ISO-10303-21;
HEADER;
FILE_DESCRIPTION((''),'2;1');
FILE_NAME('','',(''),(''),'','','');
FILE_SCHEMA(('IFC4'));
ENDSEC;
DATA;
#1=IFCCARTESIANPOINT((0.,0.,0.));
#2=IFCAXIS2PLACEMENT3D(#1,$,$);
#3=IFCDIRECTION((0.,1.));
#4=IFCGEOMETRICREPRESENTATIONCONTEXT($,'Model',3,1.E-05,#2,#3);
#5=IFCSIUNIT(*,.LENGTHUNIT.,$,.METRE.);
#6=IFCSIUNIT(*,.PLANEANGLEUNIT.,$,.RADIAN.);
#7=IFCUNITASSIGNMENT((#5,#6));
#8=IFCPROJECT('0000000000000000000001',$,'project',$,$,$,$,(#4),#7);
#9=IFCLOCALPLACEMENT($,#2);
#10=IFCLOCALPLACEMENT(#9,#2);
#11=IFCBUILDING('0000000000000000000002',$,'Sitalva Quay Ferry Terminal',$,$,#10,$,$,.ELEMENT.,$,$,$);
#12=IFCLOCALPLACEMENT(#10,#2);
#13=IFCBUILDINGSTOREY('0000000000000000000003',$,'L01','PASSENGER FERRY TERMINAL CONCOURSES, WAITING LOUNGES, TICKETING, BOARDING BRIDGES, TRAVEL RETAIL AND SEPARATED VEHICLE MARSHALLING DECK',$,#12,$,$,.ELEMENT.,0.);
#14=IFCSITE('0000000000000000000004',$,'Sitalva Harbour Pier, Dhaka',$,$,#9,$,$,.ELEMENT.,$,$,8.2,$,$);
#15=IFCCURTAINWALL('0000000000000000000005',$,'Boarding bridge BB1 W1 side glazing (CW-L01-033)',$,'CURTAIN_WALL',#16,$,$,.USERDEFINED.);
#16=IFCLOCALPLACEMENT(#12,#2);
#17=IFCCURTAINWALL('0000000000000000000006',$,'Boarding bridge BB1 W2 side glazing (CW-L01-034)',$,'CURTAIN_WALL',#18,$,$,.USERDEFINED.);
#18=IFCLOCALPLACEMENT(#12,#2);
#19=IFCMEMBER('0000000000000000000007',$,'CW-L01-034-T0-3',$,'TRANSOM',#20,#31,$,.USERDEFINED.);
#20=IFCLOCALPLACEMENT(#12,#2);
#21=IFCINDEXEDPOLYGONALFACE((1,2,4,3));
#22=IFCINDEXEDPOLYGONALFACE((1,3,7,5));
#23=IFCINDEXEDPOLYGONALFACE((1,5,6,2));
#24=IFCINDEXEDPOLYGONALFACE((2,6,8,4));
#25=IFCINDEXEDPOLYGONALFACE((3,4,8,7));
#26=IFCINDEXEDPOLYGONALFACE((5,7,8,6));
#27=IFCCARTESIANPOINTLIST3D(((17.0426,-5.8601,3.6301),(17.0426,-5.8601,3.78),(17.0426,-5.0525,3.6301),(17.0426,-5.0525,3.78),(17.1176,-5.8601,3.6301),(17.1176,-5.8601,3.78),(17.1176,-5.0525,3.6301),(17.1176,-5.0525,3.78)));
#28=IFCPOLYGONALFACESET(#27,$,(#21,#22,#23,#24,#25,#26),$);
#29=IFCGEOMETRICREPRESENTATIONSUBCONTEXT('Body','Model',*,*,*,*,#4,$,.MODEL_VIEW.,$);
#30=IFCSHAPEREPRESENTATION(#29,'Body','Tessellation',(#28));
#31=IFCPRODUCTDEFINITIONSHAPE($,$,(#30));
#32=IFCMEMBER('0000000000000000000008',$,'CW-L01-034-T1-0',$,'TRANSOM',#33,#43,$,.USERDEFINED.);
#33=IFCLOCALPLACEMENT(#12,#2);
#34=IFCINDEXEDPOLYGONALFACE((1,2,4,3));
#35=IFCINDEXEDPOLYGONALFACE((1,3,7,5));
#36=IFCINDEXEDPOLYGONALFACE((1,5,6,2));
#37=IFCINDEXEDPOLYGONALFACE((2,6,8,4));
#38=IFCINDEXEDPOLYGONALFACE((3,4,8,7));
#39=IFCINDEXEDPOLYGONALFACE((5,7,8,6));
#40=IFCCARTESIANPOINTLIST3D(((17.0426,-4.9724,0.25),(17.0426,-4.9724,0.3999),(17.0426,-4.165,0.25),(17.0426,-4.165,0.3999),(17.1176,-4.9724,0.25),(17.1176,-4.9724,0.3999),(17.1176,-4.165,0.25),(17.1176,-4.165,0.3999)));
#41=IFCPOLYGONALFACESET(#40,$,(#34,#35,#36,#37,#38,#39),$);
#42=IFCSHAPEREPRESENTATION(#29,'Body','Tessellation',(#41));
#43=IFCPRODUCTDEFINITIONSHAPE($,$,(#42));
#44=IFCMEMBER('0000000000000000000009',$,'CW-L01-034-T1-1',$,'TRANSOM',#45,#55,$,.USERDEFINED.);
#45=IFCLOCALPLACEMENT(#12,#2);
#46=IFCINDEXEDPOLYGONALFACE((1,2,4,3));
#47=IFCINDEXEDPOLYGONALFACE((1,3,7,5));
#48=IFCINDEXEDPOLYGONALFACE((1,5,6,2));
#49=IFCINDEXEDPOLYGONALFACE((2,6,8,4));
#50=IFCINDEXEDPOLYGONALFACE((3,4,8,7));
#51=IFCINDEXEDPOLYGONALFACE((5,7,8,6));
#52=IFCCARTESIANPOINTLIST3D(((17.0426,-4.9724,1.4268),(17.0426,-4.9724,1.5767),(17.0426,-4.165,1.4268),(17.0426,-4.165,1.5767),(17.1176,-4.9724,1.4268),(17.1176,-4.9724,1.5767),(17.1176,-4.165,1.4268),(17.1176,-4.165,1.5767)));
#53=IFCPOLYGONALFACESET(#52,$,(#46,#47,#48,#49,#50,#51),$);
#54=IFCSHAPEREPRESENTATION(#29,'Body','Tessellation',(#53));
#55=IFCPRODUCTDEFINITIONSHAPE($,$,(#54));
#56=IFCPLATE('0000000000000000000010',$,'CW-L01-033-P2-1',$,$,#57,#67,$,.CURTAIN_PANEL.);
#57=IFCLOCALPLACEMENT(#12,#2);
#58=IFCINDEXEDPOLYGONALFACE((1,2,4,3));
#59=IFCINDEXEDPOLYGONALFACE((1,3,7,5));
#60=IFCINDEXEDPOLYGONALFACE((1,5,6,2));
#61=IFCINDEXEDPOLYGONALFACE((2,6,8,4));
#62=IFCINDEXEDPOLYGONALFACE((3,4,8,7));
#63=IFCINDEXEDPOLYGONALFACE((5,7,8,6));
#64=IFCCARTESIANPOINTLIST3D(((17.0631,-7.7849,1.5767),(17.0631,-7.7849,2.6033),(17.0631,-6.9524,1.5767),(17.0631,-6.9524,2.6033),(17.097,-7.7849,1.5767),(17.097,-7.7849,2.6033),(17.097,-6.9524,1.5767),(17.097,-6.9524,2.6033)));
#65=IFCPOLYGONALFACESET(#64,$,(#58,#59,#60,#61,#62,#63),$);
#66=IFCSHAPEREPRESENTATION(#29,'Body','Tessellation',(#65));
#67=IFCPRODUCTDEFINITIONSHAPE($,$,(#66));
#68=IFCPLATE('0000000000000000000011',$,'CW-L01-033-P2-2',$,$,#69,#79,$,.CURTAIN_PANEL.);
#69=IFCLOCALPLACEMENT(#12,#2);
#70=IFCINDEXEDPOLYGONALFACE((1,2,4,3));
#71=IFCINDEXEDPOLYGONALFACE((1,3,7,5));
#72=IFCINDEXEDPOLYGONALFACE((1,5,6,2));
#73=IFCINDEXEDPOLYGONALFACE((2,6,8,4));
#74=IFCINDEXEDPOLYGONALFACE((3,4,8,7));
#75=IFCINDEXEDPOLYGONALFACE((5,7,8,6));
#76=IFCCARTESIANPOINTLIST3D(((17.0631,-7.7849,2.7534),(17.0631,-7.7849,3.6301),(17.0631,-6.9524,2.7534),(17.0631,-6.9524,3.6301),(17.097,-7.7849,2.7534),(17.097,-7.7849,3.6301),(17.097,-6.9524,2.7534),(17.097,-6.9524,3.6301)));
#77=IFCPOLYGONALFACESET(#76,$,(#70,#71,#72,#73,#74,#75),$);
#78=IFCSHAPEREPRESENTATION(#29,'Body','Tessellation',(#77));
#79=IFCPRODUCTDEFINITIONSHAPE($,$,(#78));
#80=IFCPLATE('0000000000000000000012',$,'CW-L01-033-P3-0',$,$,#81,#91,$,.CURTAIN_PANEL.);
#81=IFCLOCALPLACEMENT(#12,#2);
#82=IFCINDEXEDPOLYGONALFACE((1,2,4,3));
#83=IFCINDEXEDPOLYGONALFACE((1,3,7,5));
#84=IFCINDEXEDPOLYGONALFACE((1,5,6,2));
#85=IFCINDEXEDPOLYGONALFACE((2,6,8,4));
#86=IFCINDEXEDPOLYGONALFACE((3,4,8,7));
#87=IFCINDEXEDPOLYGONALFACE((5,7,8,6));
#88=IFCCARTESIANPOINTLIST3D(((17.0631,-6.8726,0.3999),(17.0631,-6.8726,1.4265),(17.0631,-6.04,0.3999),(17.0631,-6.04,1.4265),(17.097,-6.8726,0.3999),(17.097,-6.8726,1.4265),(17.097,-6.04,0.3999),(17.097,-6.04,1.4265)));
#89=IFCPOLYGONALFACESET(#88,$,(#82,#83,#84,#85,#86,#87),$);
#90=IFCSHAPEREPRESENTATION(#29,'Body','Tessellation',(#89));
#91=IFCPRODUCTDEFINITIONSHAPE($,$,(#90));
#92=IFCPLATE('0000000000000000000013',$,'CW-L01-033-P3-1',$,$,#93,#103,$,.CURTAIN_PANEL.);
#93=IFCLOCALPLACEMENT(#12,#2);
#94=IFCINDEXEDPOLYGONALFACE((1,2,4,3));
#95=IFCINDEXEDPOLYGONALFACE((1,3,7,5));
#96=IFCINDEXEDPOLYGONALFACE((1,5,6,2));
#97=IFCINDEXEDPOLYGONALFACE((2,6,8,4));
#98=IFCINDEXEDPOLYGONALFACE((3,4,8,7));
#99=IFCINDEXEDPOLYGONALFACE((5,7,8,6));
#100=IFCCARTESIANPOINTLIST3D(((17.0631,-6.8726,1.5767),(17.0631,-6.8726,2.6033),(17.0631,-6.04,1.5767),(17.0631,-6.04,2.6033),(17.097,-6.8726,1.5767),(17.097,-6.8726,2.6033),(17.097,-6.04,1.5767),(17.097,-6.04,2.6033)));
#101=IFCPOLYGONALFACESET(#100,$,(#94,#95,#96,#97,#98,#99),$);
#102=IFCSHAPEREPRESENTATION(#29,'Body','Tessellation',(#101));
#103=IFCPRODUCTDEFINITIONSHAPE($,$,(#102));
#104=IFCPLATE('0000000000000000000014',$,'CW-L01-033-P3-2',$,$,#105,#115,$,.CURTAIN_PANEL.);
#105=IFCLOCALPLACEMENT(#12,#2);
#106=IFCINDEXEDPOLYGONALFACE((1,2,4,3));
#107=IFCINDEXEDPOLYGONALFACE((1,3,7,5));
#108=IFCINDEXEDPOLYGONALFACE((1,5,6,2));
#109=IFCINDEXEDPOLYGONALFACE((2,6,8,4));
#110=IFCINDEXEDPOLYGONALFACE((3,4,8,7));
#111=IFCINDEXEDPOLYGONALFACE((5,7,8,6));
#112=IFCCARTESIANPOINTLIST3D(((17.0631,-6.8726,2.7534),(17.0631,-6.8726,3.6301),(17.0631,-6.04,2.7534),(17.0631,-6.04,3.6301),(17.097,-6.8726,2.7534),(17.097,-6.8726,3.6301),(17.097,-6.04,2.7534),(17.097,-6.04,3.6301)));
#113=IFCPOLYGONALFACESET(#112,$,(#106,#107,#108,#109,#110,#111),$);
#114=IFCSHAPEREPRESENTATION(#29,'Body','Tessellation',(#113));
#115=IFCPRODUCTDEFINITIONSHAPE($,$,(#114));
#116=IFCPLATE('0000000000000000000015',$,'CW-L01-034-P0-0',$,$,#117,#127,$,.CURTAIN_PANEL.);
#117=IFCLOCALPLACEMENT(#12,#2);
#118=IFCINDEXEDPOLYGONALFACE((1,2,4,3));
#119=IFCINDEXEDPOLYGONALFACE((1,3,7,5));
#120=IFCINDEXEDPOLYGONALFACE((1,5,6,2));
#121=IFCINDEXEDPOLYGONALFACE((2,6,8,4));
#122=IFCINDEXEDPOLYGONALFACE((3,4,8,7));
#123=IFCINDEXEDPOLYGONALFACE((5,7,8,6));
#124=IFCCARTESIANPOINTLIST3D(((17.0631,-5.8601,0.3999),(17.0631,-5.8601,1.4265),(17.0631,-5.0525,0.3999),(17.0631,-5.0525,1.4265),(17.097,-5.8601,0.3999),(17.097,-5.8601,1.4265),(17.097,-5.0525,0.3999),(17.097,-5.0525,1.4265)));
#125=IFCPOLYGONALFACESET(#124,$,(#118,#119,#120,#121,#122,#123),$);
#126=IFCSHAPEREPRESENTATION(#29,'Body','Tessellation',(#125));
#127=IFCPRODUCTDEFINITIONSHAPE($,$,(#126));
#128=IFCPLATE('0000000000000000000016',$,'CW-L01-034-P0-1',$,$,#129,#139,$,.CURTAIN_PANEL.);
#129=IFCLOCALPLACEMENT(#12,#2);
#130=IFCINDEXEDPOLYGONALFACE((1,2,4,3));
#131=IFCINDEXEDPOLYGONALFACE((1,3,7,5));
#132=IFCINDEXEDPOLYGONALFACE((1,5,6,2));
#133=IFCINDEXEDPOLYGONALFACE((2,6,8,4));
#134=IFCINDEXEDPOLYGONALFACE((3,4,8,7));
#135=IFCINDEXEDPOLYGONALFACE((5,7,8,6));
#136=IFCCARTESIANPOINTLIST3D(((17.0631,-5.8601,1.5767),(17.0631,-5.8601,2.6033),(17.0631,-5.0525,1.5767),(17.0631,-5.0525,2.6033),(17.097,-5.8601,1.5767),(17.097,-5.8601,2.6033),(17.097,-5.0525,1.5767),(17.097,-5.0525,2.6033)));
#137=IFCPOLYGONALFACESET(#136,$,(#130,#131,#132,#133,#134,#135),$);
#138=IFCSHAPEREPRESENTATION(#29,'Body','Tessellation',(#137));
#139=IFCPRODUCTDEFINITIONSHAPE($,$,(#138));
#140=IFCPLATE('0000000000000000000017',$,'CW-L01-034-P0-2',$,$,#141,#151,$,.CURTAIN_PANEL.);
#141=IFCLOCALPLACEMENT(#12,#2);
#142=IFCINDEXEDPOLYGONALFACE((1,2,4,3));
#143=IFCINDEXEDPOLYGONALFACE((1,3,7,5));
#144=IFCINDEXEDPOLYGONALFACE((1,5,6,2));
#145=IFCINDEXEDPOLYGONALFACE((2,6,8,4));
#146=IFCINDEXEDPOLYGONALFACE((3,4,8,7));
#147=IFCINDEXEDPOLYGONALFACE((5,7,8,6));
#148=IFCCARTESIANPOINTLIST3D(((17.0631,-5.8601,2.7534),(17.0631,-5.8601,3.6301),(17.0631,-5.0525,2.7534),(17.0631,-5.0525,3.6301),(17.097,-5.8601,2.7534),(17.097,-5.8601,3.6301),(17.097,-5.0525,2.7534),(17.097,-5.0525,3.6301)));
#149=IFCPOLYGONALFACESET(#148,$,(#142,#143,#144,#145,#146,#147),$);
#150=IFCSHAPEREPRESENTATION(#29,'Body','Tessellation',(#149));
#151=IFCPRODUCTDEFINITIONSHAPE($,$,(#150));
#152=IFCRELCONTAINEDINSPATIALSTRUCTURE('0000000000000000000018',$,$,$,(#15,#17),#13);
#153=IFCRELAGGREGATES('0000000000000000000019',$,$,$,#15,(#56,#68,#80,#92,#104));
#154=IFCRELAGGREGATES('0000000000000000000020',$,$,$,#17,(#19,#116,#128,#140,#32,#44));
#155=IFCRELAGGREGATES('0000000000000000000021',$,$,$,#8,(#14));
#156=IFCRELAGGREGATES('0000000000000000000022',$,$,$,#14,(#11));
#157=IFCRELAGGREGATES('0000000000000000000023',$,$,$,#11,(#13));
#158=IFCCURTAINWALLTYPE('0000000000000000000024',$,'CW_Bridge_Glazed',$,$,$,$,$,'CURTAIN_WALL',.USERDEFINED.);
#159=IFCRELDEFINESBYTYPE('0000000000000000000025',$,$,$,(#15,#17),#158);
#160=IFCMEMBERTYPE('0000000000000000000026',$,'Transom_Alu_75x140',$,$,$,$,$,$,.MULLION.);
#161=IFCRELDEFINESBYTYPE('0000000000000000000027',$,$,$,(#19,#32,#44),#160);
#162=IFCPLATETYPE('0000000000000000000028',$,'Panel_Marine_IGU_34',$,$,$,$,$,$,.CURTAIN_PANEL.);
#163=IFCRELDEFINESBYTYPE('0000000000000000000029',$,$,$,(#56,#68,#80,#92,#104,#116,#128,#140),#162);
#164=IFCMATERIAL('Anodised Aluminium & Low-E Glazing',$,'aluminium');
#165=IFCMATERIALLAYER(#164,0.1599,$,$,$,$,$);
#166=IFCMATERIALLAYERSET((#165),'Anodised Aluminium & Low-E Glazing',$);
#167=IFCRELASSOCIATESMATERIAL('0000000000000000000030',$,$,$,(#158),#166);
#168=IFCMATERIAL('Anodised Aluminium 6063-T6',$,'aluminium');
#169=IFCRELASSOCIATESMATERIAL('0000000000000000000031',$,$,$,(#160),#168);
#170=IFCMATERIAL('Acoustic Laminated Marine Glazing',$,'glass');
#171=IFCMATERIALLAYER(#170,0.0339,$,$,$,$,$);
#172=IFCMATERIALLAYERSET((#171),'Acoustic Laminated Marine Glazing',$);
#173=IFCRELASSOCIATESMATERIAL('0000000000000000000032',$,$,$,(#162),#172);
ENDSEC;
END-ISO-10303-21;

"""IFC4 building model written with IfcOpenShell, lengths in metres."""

from ifc_helpers import new_model, si_unit, direction, frame, origin, origin_2d, place, context, subcontext, project, spatial, rectangle, extrude, material, layer, layer_set, material_profile, profile_set, type_object, element, aggregate, save


model = new_model("IFC4")

# Units and contexts
model_context = context("Model", 3, precision=1e-05, world=origin(), true_north=direction((0.0, 1.0)))
body_context = subcontext(model_context, "Body", "Model", "MODEL_VIEW")
ifc_project = project(units=[si_unit("LENGTHUNIT", "METRE"), si_unit("PLANEANGLEUNIT", "RADIAN")], contexts=[model_context])

# Site, building, storey
site_placement = place(None, origin())
site = spatial("IfcSite", under=ifc_project, at=site_placement, Name="Sitalva Harbour Pier, Dhaka", CompositionType="ELEMENT", RefElevation=8.2)
building_placement = place(site_placement, origin())
building = spatial("IfcBuilding", under=site, at=building_placement, Name="Sitalva Quay Ferry Terminal", CompositionType="ELEMENT")
storey_placement = place(building_placement, origin())
storey = spatial("IfcBuildingStorey", under=building, at=storey_placement, Name="L01", Description="PASSENGER FERRY TERMINAL CONCOURSES, WAITING LOUNGES, TICKETING, BOARDING BRIDGES, TRAVEL RETAIL AND SEPARATED VEHICLE MARSHALLING DECK", CompositionType="ELEMENT", Elevation=0.0)

# Curtain walls
ifc_material_1 = material(Name="Anodised Aluminium & Low-E Glazing", Category="aluminium")
ifc_layer_1 = layer(ifc_material_1, 0.1599)
ifc_layer_set_1 = layer_set([ifc_layer_1], Name="Anodised Aluminium & Low-E Glazing")
curtain_wall_type = type_object("IfcCurtainWallType", Name="CW_Bridge_Glazed", ElementType="CURTAIN_WALL", PredefinedType="USERDEFINED", material=ifc_layer_set_1)
curtain_wall_1_placement = place(storey_placement, origin())
curtain_wall_1 = element("IfcCurtainWall", 1, at=curtain_wall_1_placement, inside=storey, type_object=curtain_wall_type, Name="Boarding bridge BB1 W1 side glazing (CW-L01-033)", ObjectType="CURTAIN_WALL", PredefinedType="USERDEFINED")
curtain_wall_2_placement = place(storey_placement, origin())
curtain_wall_2 = element("IfcCurtainWall", 2, at=curtain_wall_2_placement, inside=storey, type_object=curtain_wall_type, Name="Boarding bridge BB1 W2 side glazing (CW-L01-034)", ObjectType="CURTAIN_WALL", PredefinedType="USERDEFINED")

# Members
ifc_material_2 = material(Name="Anodised Aluminium 6063-T6", Category="aluminium")
ifc_material_profile_1 = material_profile(ifc_material_2, rectangle(XDim=0.075, YDim=0.1499, at=origin_2d()), Name="ALU75x150")
ifc_profile_set_1 = profile_set([ifc_material_profile_1], Name="Anodised Aluminium 6063-T6")
member_type_1 = type_object("IfcMemberType", Name="Transom_Alu_75x140", PredefinedType="MULLION", material=ifc_profile_set_1)
member_1_placement = place(storey_placement, frame((17.0801, -5.8601, 3.7051), z_axis=(0.0, 1.0, 0.0), x_axis=(-1.0, 0.0, 0.0)))
member_1 = element("IfcMember", 3, at=member_1_placement, type_object=member_type_1, Name="CW-L01-034-T0-3", ObjectType="TRANSOM", PredefinedType="USERDEFINED", context=body_context, shape_type="SweptSolid", body=[
    extrude(rectangle(XDim=0.075, YDim=0.1499, at=origin_2d()), origin(), (0.0, 0.0, 1.0), 0.8076),
])
member_2_placement = place(storey_placement, frame((17.0801, -4.9724, 0.325), z_axis=(0.0, 1.0, 0.0), x_axis=(-1.0, 0.0, 0.0)))
member_2 = element("IfcMember", 4, at=member_2_placement, type_object=member_type_1, Name="CW-L01-034-T1-0", ObjectType="TRANSOM", PredefinedType="USERDEFINED", context=body_context, shape_type="SweptSolid", body=[
    extrude(rectangle(XDim=0.075, YDim=0.1499, at=origin_2d()), origin(), (0.0, 0.0, 1.0), 0.8074),
])
member_3_placement = place(storey_placement, frame((17.0801, -4.9724, 1.5017), z_axis=(0.0, 1.0, 0.0), x_axis=(-1.0, 0.0, 0.0)))
member_3 = element("IfcMember", 5, at=member_3_placement, type_object=member_type_1, Name="CW-L01-034-T1-1", ObjectType="TRANSOM", PredefinedType="USERDEFINED", context=body_context, shape_type="SweptSolid", body=[
    extrude(rectangle(XDim=0.075, YDim=0.1499, at=origin_2d()), origin(), (0.0, 0.0, 1.0), 0.8074),
])

# Plates
ifc_material_3 = material(Name="Acoustic Laminated Marine Glazing", Category="glass")
ifc_layer_2 = layer(ifc_material_3, 0.0339)
ifc_layer_set_2 = layer_set([ifc_layer_2], Name="Acoustic Laminated Marine Glazing")
plate_type = type_object("IfcPlateType", Name="Panel_Marine_IGU_34", PredefinedType="CURTAIN_PANEL", material=ifc_layer_set_2)
plate_1_placement = place(storey_placement, frame((17.0801, -7.3687, 1.5767), z_axis=(0.0, 0.0, 1.0), x_axis=(0.0, 1.0, 0.0)))
plate_1 = element("IfcPlate", 6, at=plate_1_placement, type_object=plate_type, Name="CW-L01-033-P2-1", PredefinedType="CURTAIN_PANEL", context=body_context, shape_type="SweptSolid", body=[
    extrude(rectangle(XDim=0.8325, YDim=0.0339, at=origin_2d()), origin(), (0.0, 0.0, 1.0), 1.0266),
])
plate_2_placement = place(storey_placement, frame((17.0801, -7.3687, 2.7534), z_axis=(0.0, 0.0, 1.0), x_axis=(0.0, 1.0, 0.0)))
plate_2 = element("IfcPlate", 7, at=plate_2_placement, type_object=plate_type, Name="CW-L01-033-P2-2", PredefinedType="CURTAIN_PANEL", context=body_context, shape_type="SweptSolid", body=[
    extrude(rectangle(XDim=0.8325, YDim=0.0339, at=origin_2d()), origin(), (0.0, 0.0, 1.0), 0.8767),
])
plate_3_placement = place(storey_placement, frame((17.0801, -6.4563, 0.3999), z_axis=(0.0, 0.0, 1.0), x_axis=(0.0, 1.0, 0.0)))
plate_3 = element("IfcPlate", 8, at=plate_3_placement, type_object=plate_type, Name="CW-L01-033-P3-0", PredefinedType="CURTAIN_PANEL", context=body_context, shape_type="SweptSolid", body=[
    extrude(rectangle(XDim=0.8325, YDim=0.0339, at=origin_2d()), origin(), (0.0, 0.0, 1.0), 1.0266),
])
plate_4_placement = place(storey_placement, frame((17.0801, -6.4563, 1.5767), z_axis=(0.0, 0.0, 1.0), x_axis=(0.0, 1.0, 0.0)))
plate_4 = element("IfcPlate", 9, at=plate_4_placement, type_object=plate_type, Name="CW-L01-033-P3-1", PredefinedType="CURTAIN_PANEL", context=body_context, shape_type="SweptSolid", body=[
    extrude(rectangle(XDim=0.8325, YDim=0.0339, at=origin_2d()), origin(), (0.0, 0.0, 1.0), 1.0266),
])
plate_5_placement = place(storey_placement, frame((17.0801, -6.4563, 2.7534), z_axis=(0.0, 0.0, 1.0), x_axis=(0.0, 1.0, 0.0)))
plate_5 = element("IfcPlate", 10, at=plate_5_placement, type_object=plate_type, Name="CW-L01-033-P3-2", PredefinedType="CURTAIN_PANEL", context=body_context, shape_type="SweptSolid", body=[
    extrude(rectangle(XDim=0.8325, YDim=0.0339, at=origin_2d()), origin(), (0.0, 0.0, 1.0), 0.8767),
])
aggregate(curtain_wall_1, [plate_1, plate_2, plate_3, plate_4, plate_5])
plate_6_placement = place(storey_placement, frame((17.0801, -5.4563, 0.3999), z_axis=(0.0, 0.0, 1.0), x_axis=(0.0, 1.0, 0.0)))
plate_6 = element("IfcPlate", 11, at=plate_6_placement, type_object=plate_type, Name="CW-L01-034-P0-0", PredefinedType="CURTAIN_PANEL", context=body_context, shape_type="SweptSolid", body=[
    extrude(rectangle(XDim=0.8076, YDim=0.0339, at=origin_2d()), origin(), (0.0, 0.0, 1.0), 1.0266),
])
plate_7_placement = place(storey_placement, frame((17.0801, -5.4563, 1.5767), z_axis=(0.0, 0.0, 1.0), x_axis=(0.0, 1.0, 0.0)))
plate_7 = element("IfcPlate", 12, at=plate_7_placement, type_object=plate_type, Name="CW-L01-034-P0-1", PredefinedType="CURTAIN_PANEL", context=body_context, shape_type="SweptSolid", body=[
    extrude(rectangle(XDim=0.8076, YDim=0.0339, at=origin_2d()), origin(), (0.0, 0.0, 1.0), 1.0266),
])
plate_8_placement = place(storey_placement, frame((17.0801, -5.4563, 2.7534), z_axis=(0.0, 0.0, 1.0), x_axis=(0.0, 1.0, 0.0)))
plate_8 = element("IfcPlate", 13, at=plate_8_placement, type_object=plate_type, Name="CW-L01-034-P0-2", PredefinedType="CURTAIN_PANEL", context=body_context, shape_type="SweptSolid", body=[
    extrude(rectangle(XDim=0.8076, YDim=0.0339, at=origin_2d()), origin(), (0.0, 0.0, 1.0), 0.8767),
])
aggregate(curtain_wall_2, [member_1, plate_6, plate_7, plate_8, member_2, member_3])

save(model, "model.ifc")
